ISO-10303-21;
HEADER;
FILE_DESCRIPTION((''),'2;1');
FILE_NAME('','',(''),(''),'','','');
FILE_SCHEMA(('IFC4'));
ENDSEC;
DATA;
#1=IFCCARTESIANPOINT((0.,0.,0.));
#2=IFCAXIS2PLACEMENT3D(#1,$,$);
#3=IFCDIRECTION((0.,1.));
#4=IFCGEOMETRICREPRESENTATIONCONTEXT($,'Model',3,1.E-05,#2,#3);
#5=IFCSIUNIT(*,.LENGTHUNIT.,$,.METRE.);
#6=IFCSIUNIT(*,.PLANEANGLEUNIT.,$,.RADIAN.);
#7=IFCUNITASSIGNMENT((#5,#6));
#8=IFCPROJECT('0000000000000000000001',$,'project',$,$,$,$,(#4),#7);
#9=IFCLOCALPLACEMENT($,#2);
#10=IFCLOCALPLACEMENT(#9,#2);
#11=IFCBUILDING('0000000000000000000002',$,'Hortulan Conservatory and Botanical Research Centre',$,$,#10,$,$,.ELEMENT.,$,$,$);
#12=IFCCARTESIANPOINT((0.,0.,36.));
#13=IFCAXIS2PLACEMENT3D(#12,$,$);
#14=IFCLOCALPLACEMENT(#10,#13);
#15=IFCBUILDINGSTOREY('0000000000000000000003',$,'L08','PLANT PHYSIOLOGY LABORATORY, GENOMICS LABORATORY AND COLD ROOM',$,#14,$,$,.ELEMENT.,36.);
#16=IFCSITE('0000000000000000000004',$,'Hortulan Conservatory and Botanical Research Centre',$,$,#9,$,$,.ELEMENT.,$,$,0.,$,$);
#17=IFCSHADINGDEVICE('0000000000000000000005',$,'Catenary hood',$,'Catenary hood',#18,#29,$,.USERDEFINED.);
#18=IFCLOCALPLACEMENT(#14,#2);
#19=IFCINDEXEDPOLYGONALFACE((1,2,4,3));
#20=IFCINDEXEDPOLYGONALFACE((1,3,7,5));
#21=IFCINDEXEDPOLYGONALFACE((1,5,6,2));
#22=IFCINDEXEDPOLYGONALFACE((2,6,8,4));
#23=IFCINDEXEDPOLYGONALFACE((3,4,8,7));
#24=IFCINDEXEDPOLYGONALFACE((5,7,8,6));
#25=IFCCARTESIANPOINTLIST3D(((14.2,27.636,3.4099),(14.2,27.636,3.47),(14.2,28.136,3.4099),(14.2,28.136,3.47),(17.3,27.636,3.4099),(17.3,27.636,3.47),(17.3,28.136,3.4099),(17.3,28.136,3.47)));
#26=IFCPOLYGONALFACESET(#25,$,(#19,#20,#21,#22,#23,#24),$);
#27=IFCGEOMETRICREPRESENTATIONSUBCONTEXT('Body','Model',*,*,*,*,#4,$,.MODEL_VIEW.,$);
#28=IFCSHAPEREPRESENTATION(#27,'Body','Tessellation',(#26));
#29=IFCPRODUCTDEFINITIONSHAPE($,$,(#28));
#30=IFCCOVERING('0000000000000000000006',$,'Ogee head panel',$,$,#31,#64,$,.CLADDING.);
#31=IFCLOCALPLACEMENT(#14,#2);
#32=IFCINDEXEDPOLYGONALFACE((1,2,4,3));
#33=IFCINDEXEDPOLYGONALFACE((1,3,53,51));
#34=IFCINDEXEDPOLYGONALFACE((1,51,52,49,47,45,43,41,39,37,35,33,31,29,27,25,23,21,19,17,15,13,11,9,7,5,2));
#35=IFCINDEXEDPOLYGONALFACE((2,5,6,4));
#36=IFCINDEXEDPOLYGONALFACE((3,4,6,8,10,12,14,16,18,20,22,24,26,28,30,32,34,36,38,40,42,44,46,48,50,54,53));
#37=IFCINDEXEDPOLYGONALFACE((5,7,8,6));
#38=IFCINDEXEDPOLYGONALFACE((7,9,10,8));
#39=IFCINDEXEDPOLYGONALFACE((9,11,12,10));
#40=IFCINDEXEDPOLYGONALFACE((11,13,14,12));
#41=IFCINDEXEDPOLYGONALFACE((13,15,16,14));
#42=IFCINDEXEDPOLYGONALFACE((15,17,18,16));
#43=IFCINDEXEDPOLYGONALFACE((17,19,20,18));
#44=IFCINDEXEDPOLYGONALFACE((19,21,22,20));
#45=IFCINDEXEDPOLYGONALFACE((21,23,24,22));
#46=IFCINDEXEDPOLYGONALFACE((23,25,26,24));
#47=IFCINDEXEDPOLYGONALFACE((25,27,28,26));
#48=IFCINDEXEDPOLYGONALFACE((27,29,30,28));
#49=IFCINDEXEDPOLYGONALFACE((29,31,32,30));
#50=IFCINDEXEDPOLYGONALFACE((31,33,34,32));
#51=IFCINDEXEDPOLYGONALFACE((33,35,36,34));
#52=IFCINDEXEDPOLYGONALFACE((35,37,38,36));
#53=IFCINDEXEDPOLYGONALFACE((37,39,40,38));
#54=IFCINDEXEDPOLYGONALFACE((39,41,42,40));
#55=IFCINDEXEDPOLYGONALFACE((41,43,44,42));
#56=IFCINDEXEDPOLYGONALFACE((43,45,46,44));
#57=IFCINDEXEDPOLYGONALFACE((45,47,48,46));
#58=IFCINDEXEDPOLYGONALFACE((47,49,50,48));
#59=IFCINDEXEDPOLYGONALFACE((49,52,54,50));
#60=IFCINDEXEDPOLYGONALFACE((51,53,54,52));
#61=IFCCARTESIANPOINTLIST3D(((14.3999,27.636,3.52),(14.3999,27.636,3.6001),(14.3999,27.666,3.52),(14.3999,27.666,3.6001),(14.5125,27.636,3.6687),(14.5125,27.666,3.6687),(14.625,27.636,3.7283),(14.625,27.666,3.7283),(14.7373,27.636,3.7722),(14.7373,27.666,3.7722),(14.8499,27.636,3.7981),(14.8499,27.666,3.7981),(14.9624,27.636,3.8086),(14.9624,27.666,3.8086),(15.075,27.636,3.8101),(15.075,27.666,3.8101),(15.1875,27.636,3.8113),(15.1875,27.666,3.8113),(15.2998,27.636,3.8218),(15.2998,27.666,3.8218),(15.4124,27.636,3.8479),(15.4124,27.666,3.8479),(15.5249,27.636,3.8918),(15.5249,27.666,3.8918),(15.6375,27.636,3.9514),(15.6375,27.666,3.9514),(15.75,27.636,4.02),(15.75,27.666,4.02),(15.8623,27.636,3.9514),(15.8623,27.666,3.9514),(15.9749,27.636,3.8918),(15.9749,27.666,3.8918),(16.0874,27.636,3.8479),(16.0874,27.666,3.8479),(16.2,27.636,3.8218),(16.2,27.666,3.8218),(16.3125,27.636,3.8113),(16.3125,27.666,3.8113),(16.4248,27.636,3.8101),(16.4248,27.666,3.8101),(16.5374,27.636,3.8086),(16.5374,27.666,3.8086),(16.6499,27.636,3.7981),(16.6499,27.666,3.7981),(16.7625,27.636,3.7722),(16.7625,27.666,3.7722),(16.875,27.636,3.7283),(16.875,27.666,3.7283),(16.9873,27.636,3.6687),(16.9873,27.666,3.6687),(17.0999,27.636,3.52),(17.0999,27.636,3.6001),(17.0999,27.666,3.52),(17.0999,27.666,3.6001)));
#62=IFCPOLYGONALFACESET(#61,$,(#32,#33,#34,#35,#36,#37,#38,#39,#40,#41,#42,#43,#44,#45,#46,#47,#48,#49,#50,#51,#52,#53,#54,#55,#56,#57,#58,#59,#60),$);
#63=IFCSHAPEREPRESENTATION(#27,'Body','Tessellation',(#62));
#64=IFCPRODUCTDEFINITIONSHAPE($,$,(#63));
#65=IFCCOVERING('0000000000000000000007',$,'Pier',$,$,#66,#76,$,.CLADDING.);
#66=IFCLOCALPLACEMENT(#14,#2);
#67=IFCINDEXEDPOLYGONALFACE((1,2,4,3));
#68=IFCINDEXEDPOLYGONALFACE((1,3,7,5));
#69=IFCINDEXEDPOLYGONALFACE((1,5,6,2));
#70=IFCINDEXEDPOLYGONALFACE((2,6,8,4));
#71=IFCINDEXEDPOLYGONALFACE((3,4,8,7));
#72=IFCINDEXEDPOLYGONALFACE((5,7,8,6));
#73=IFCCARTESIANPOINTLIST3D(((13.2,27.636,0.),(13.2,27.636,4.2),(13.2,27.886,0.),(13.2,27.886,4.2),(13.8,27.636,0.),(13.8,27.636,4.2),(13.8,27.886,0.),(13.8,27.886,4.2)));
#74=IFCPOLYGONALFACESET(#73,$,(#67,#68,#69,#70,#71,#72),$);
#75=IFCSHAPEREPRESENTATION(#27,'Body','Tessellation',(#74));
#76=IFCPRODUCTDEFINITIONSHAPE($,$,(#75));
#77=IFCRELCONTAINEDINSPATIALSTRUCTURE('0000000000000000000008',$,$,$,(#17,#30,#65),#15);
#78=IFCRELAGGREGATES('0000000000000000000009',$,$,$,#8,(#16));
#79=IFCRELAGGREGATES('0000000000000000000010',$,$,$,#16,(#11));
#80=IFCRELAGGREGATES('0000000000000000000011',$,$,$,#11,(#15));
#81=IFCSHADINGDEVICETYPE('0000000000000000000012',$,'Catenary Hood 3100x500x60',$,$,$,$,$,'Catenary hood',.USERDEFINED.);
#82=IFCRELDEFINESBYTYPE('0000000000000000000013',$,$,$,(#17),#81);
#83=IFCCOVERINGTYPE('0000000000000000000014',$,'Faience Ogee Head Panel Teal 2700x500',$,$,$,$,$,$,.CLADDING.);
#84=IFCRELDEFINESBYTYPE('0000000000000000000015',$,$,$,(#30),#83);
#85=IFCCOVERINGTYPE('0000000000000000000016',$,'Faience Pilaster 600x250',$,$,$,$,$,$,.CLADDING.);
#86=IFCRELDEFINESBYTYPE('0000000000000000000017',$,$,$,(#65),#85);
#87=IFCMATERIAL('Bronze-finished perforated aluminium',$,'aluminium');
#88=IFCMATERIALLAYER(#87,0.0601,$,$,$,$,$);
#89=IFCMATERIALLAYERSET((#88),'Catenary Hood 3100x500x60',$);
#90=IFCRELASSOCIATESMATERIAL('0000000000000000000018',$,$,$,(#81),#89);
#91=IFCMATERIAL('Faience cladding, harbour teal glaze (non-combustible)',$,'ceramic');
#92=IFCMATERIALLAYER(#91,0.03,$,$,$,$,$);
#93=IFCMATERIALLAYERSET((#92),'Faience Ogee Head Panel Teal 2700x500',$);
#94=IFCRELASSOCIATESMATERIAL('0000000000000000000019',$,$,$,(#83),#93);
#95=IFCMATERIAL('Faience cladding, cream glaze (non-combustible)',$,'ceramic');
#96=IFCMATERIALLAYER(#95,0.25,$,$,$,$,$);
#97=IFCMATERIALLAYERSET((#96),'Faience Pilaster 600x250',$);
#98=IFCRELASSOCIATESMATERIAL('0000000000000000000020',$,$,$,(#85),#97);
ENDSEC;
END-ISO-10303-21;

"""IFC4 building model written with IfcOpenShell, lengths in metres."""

from ifc_helpers import new_model, si_unit, direction, frame, origin, origin_2d, place, context, subcontext, project, spatial, polyline, rectangle, outline, extrude, material, layer, layer_set, type_object, element, save


model = new_model("IFC4")

# Units and contexts
model_context = context("Model", 3, precision=1e-05, world=origin(), true_north=direction((0.0, 1.0)))
body_context = subcontext(model_context, "Body", "Model", "MODEL_VIEW")
ifc_project = project(units=[si_unit("LENGTHUNIT", "METRE"), si_unit("PLANEANGLEUNIT", "RADIAN")], contexts=[model_context])

# Site, building, storey
site_placement = place(None, origin())
site = spatial("IfcSite", under=ifc_project, at=site_placement, Name="Hortulan Conservatory and Botanical Research Centre", CompositionType="ELEMENT", RefElevation=0.0)
building_placement = place(site_placement, origin())
building = spatial("IfcBuilding", under=site, at=building_placement, Name="Hortulan Conservatory and Botanical Research Centre", CompositionType="ELEMENT")
storey_placement = place(building_placement, frame((0.0, 0.0, 36.0)))
storey = spatial("IfcBuildingStorey", under=building, at=storey_placement, Name="L08", Description="PLANT PHYSIOLOGY LABORATORY, GENOMICS LABORATORY AND COLD ROOM", CompositionType="ELEMENT", Elevation=36.0)

# Shading device
ifc_material_1 = material(Name="Bronze-finished perforated aluminium", Category="aluminium")
ifc_layer_1 = layer(ifc_material_1, 0.0601)
ifc_layer_set_1 = layer_set([ifc_layer_1], Name="Catenary Hood 3100x500x60")
shading_device_type = type_object("IfcShadingDeviceType", Name="Catenary Hood 3100x500x60", ElementType="Catenary hood", PredefinedType="USERDEFINED", material=ifc_layer_set_1)
shading_device_placement = place(storey_placement, frame((15.75, 27.886, 3.4099), z_axis=(0.0, 0.0, 1.0), x_axis=(1.0, 0.0, 0.0)))
element("IfcShadingDevice", 1, at=shading_device_placement, inside=storey, type_object=shading_device_type, Name="Catenary hood", ObjectType="Catenary hood", PredefinedType="USERDEFINED", context=body_context, shape_type="SweptSolid", body=[
    extrude(rectangle(XDim=3.1001, YDim=0.5, at=origin_2d()), origin(), (0.0, 0.0, 1.0), 0.0601),
])

# Coverings
ifc_material_2 = material(Name="Faience cladding, harbour teal glaze (non-combustible)", Category="ceramic")
ifc_layer_2 = layer(ifc_material_2, 0.03)
ifc_layer_set_2 = layer_set([ifc_layer_2], Name="Faience Ogee Head Panel Teal 2700x500")
covering_type_1 = type_object("IfcCoveringType", Name="Faience Ogee Head Panel Teal 2700x500", PredefinedType="CLADDING", material=ifc_layer_set_2)
covering_1_placement = place(storey_placement, frame((14.3999, 27.6509, 3.52), z_axis=(0.0, 0.0, 1.0), x_axis=(1.0, 0.0, 0.0)))
element("IfcCovering", 2, at=covering_1_placement, inside=storey, type_object=covering_type_1, Name="Ogee head panel", PredefinedType="CLADDING", context=body_context, shape_type="SweptSolid", body=[
    extrude(outline(polyline([(0.0, 0.0), (2.7, 0.0), (2.7, 0.0801), (2.5874, 0.1487), (2.4751, 0.2083), (2.3625, 0.2522), (2.25, 0.2781), (2.1375, 0.2886), (2.0249, 0.29), (1.9126, 0.2913), (1.8, 0.3018), (1.6875, 0.3279), (1.575, 0.3718), (1.4624, 0.4314), (1.3501, 0.5), (1.2375, 0.4314), (1.125, 0.3718), (1.0125, 0.3279), (0.8999, 0.3018), (0.7876, 0.2913), (0.675, 0.29), (0.5625, 0.2886), (0.45, 0.2781), (0.3374, 0.2522), (0.2251, 0.2083), (0.1125, 0.1487), (0.0, 0.0801), (0.0, 0.0)])), frame((0.0, 0.0151, 0.0), z_axis=(0.0, -1.0, 0.0), x_axis=(1.0, 0.0, 0.0)), (0.0, 0.0, 1.0), 0.03),
])
ifc_material_3 = material(Name="Faience cladding, cream glaze (non-combustible)", Category="ceramic")
ifc_layer_3 = layer(ifc_material_3, 0.25)
ifc_layer_set_3 = layer_set([ifc_layer_3], Name="Faience Pilaster 600x250")
covering_type_2 = type_object("IfcCoveringType", Name="Faience Pilaster 600x250", PredefinedType="CLADDING", material=ifc_layer_set_3)
covering_2_placement = place(storey_placement, frame((13.5, 27.761, 0.0), z_axis=(0.0, 0.0, 1.0), x_axis=(1.0, 0.0, 0.0)))
element("IfcCovering", 3, at=covering_2_placement, inside=storey, type_object=covering_type_2, Name="Pier", PredefinedType="CLADDING", context=body_context, shape_type="SweptSolid", body=[
    extrude(rectangle(XDim=0.6001, YDim=0.25, at=origin_2d()), origin(), (0.0, 0.0, 1.0), 4.2),
])

save(model, "model.ifc")
